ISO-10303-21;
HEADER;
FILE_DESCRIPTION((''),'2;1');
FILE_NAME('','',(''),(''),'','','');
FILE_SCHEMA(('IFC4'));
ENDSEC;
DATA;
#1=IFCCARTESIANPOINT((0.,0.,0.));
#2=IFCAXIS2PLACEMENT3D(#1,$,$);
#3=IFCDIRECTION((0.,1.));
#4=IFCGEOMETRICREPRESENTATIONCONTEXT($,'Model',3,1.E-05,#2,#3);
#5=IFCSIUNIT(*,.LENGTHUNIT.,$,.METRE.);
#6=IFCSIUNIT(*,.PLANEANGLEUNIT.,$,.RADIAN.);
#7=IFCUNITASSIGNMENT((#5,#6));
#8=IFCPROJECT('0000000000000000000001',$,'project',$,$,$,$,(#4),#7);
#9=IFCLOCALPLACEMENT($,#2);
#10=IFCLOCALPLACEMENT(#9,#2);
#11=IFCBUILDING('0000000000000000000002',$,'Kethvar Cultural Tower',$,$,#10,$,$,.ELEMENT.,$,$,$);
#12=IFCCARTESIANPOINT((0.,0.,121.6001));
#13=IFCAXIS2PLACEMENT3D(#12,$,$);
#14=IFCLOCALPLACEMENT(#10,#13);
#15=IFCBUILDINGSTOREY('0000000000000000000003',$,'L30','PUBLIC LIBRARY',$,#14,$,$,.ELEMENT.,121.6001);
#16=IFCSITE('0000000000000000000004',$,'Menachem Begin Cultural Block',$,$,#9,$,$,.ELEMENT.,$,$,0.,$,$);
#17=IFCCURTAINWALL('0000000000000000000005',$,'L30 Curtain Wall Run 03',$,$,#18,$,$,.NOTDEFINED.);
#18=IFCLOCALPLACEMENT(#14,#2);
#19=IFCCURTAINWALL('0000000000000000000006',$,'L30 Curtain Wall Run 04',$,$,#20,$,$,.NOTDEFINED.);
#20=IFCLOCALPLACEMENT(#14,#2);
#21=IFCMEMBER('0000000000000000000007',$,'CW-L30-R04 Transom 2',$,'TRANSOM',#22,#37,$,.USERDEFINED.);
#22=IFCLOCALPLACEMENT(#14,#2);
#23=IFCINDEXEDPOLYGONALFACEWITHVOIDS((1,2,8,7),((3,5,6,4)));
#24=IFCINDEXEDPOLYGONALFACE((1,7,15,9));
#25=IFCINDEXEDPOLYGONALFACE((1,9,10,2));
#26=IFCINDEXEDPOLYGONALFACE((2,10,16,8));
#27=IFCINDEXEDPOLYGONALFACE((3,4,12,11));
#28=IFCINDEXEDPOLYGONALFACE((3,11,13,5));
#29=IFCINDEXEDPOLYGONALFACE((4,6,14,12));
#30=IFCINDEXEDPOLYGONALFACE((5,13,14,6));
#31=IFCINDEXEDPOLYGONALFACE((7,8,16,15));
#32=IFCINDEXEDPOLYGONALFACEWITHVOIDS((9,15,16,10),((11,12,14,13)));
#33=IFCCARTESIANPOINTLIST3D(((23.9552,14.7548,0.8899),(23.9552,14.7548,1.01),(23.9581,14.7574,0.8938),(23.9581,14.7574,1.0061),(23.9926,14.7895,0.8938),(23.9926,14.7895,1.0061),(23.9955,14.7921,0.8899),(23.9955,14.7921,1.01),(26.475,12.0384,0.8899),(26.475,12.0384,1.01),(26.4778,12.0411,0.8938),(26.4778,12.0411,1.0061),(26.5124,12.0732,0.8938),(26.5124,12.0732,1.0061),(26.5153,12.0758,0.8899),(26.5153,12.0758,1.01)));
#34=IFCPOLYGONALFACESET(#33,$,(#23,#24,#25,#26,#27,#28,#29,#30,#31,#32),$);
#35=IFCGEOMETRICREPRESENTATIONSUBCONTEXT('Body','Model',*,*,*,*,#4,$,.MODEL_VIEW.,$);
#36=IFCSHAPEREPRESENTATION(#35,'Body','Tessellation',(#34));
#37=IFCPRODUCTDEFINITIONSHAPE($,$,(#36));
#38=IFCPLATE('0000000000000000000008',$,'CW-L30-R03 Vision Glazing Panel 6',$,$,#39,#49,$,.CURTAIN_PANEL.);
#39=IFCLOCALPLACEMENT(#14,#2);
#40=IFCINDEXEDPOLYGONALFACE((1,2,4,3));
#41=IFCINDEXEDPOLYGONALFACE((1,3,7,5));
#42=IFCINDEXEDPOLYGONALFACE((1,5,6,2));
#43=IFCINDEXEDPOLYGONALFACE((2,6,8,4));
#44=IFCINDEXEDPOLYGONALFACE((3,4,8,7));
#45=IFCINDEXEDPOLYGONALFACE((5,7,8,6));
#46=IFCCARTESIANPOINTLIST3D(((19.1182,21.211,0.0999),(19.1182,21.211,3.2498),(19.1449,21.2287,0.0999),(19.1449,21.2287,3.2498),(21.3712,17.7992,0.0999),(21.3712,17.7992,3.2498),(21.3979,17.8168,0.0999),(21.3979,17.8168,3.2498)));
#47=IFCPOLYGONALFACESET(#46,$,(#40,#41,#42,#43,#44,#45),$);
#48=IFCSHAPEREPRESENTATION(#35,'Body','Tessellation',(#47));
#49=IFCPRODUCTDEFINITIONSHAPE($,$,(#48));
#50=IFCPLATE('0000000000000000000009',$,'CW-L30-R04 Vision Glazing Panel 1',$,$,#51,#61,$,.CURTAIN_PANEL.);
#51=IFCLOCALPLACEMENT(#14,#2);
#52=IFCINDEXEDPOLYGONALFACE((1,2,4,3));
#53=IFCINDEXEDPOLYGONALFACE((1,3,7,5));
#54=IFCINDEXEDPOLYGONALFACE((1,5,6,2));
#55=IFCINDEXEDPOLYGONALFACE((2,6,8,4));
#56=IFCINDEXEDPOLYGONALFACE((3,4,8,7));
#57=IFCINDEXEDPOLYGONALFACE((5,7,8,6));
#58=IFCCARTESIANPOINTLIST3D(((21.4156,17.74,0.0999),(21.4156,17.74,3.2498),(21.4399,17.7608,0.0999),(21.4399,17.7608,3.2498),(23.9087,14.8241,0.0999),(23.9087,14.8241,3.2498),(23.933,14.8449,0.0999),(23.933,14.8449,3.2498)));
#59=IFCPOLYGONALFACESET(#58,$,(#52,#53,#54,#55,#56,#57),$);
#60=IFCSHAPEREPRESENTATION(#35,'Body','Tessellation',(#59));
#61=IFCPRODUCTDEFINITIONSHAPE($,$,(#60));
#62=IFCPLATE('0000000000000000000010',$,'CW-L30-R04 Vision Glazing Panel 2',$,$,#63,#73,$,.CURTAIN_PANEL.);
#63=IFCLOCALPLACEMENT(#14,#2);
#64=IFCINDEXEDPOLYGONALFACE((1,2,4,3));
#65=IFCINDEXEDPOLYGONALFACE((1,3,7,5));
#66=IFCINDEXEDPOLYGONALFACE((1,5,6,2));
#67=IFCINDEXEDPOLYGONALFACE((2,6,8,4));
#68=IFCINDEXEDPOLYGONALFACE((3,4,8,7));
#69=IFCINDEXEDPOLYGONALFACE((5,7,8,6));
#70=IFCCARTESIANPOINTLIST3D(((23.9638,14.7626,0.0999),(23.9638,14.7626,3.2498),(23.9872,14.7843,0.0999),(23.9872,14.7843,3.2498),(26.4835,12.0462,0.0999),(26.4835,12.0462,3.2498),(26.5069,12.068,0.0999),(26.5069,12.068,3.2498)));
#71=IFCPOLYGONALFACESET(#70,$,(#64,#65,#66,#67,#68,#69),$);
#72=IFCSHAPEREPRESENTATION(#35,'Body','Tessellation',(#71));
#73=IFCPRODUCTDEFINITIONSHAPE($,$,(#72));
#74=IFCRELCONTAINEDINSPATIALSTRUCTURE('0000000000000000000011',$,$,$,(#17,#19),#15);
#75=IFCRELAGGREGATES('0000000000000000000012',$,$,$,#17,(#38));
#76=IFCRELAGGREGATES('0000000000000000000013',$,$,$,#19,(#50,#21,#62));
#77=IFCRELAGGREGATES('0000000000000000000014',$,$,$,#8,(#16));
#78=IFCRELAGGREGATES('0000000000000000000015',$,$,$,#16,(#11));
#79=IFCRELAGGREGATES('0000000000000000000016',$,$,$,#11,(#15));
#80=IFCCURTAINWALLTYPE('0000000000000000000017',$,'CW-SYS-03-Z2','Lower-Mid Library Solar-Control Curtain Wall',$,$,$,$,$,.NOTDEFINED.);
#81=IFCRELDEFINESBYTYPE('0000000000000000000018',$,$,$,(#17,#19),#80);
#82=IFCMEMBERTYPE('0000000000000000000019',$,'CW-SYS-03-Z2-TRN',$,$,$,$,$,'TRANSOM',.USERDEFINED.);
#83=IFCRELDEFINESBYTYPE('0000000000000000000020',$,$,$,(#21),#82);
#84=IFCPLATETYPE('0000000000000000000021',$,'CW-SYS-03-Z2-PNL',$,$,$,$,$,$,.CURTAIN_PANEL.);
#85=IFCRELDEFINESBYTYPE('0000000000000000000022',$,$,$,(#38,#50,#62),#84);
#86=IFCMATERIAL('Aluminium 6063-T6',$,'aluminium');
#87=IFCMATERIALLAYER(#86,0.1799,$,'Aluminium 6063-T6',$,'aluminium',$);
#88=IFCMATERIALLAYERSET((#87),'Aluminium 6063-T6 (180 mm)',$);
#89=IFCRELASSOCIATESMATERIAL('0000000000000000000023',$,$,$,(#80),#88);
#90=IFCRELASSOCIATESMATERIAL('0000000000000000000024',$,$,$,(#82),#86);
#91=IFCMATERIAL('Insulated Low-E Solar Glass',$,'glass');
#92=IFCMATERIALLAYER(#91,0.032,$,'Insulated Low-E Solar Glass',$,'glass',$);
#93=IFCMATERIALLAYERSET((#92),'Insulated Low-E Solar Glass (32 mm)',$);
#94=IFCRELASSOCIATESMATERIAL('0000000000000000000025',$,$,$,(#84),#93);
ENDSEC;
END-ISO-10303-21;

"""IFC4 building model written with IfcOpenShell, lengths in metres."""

from ifc_helpers import new_model, si_unit, direction, frame, origin, origin_2d, place, context, subcontext, project, spatial, rectangle, hollow_rectangle, extrude, source, transform, mapped, material, layer, layer_set, material_profile, profile_set, type_object, element, aggregate, save


model = new_model("IFC4")

# Units and contexts
model_context = context("Model", 3, precision=1e-05, world=origin(), true_north=direction((0.0, 1.0)))
body_context = subcontext(model_context, "Body", "Model", "MODEL_VIEW")
ifc_project = project(units=[si_unit("LENGTHUNIT", "METRE"), si_unit("PLANEANGLEUNIT", "RADIAN")], contexts=[model_context])

# Site, building, storey
site_placement = place(None, origin())
site = spatial("IfcSite", under=ifc_project, at=site_placement, Name="Menachem Begin Cultural Block", CompositionType="ELEMENT", RefElevation=0.0)
building_placement = place(site_placement, origin())
building = spatial("IfcBuilding", under=site, at=building_placement, Name="Kethvar Cultural Tower", CompositionType="ELEMENT")
storey_placement = place(building_placement, frame((0.0, 0.0, 121.6001)))
storey = spatial("IfcBuildingStorey", under=building, at=storey_placement, Name="L30", Description="PUBLIC LIBRARY", CompositionType="ELEMENT", Elevation=121.6001)

# Curtain walls
ifc_material_1 = material(Name="Aluminium 6063-T6", Category="aluminium")
ifc_layer_1 = layer(ifc_material_1, 0.1799, Name="Aluminium 6063-T6", Category="aluminium")
ifc_layer_set_1 = layer_set([ifc_layer_1], Name="Aluminium 6063-T6 (180 mm)")
curtain_wall_type = type_object("IfcCurtainWallType", Name="CW-SYS-03-Z2", Description="Lower-Mid Library Solar-Control Curtain Wall", PredefinedType="NOTDEFINED", material=ifc_layer_set_1)
curtain_wall_1_placement = place(storey_placement, origin())
curtain_wall_1 = element("IfcCurtainWall", 1, at=curtain_wall_1_placement, inside=storey, type_object=curtain_wall_type, Name="L30 Curtain Wall Run 03", PredefinedType="NOTDEFINED")
curtain_wall_2_placement = place(storey_placement, origin())
curtain_wall_2 = element("IfcCurtainWall", 2, at=curtain_wall_2_placement, inside=storey, type_object=curtain_wall_type, Name="L30 Curtain Wall Run 04", PredefinedType="NOTDEFINED")

# Member
ifc_material_profile_1 = material_profile(ifc_material_1, hollow_rectangle(XDim=0.0549, YDim=0.1201, WallThickness=0.0039, at=origin_2d()), Name="Aluminium 6063-T6 — RHS120x55x4")
ifc_profile_set_1 = profile_set([ifc_material_profile_1], Name="Aluminium 6063-T6 — RHS120x55x4")
member_type_1 = type_object("IfcMemberType", Name="CW-SYS-03-Z2-TRN", ElementType="TRANSOM", PredefinedType="USERDEFINED", material=ifc_profile_set_1)
shared_shape_1 = source(origin(), body_context, "Body", "SweptSolid", [
    extrude(hollow_rectangle(XDim=0.0549, YDim=0.1201, WallThickness=0.0039, at=origin_2d()), origin(), (0.0, 0.0, 1.0), 3.7051),
])
member_1_placement = place(storey_placement, frame((23.9753, 14.7734, 0.95), z_axis=(0.680087, -0.733131, 0.0), x_axis=(0.733131, 0.680087, 0.0)))
member_1 = element("IfcMember", 3, at=member_1_placement, type_object=member_type_1, Name="CW-L30-R04 Transom 2", ObjectType="TRANSOM", PredefinedType="USERDEFINED", context=body_context, shape_type="MappedRepresentation", body=[
    mapped(shared_shape_1, transform((0.0, 0.0, 0.0), scale=1.0)),
])

# Plates
ifc_material_2 = material(Name="Insulated Low-E Solar Glass", Category="glass")
ifc_layer_2 = layer(ifc_material_2, 0.032, Name="Insulated Low-E Solar Glass", Category="glass")
ifc_layer_set_2 = layer_set([ifc_layer_2], Name="Insulated Low-E Solar Glass (32 mm)")
plate_type = type_object("IfcPlateType", Name="CW-SYS-03-Z2-PNL", PredefinedType="CURTAIN_PANEL", material=ifc_layer_set_2)
shared_shape_2 = source(origin(), body_context, "Body", "SweptSolid", [
    extrude(rectangle(XDim=4.0886, YDim=0.032, at=origin_2d()), origin(), (0.0, 0.0, 1.0), 3.1499),
])
plate_1_placement = place(storey_placement, frame((20.2581, 19.5139, 0.0999), z_axis=(0.0, 0.0, 1.0), x_axis=(0.551034, -0.834483, 0.0)))
plate_1 = element("IfcPlate", 4, at=plate_1_placement, type_object=plate_type, Name="CW-L30-R03 Vision Glazing Panel 6", PredefinedType="CURTAIN_PANEL", context=body_context, shape_type="MappedRepresentation", body=[
    mapped(shared_shape_2, transform((0.0, 0.0, 0.0), scale=1.0)),
])
aggregate(curtain_wall_1, [plate_1])
shared_shape_3 = source(origin(), body_context, "Body", "SweptSolid", [
    extrude(rectangle(XDim=3.8364, YDim=0.032, at=origin_2d()), origin(), (0.0, 0.0, 1.0), 3.1499),
])
plate_2_placement = place(storey_placement, frame((22.6743, 16.2925, 0.0999), z_axis=(0.0, 0.0, 1.0), x_axis=(0.649859, -0.760054, 0.0)))
plate_2 = element("IfcPlate", 5, at=plate_2_placement, type_object=plate_type, Name="CW-L30-R04 Vision Glazing Panel 1", PredefinedType="CURTAIN_PANEL", context=body_context, shape_type="MappedRepresentation", body=[
    mapped(shared_shape_3, transform((0.0, 0.0, 0.0), scale=1.0)),
])
shared_shape_4 = source(origin(), body_context, "Body", "SweptSolid", [
    extrude(rectangle(XDim=3.7051, YDim=0.032, at=origin_2d()), origin(), (0.0, 0.0, 1.0), 3.1499),
])
plate_3_placement = place(storey_placement, frame((25.2354, 13.4153, 0.0999), z_axis=(0.0, 0.0, 1.0), x_axis=(0.680069, -0.733149, 0.0)))
plate_3 = element("IfcPlate", 6, at=plate_3_placement, type_object=plate_type, Name="CW-L30-R04 Vision Glazing Panel 2", PredefinedType="CURTAIN_PANEL", context=body_context, shape_type="MappedRepresentation", body=[
    mapped(shared_shape_4, transform((0.0, 0.0, 0.0), scale=1.0)),
])
aggregate(curtain_wall_2, [plate_2, member_1, plate_3])

save(model, "model.ifc")
